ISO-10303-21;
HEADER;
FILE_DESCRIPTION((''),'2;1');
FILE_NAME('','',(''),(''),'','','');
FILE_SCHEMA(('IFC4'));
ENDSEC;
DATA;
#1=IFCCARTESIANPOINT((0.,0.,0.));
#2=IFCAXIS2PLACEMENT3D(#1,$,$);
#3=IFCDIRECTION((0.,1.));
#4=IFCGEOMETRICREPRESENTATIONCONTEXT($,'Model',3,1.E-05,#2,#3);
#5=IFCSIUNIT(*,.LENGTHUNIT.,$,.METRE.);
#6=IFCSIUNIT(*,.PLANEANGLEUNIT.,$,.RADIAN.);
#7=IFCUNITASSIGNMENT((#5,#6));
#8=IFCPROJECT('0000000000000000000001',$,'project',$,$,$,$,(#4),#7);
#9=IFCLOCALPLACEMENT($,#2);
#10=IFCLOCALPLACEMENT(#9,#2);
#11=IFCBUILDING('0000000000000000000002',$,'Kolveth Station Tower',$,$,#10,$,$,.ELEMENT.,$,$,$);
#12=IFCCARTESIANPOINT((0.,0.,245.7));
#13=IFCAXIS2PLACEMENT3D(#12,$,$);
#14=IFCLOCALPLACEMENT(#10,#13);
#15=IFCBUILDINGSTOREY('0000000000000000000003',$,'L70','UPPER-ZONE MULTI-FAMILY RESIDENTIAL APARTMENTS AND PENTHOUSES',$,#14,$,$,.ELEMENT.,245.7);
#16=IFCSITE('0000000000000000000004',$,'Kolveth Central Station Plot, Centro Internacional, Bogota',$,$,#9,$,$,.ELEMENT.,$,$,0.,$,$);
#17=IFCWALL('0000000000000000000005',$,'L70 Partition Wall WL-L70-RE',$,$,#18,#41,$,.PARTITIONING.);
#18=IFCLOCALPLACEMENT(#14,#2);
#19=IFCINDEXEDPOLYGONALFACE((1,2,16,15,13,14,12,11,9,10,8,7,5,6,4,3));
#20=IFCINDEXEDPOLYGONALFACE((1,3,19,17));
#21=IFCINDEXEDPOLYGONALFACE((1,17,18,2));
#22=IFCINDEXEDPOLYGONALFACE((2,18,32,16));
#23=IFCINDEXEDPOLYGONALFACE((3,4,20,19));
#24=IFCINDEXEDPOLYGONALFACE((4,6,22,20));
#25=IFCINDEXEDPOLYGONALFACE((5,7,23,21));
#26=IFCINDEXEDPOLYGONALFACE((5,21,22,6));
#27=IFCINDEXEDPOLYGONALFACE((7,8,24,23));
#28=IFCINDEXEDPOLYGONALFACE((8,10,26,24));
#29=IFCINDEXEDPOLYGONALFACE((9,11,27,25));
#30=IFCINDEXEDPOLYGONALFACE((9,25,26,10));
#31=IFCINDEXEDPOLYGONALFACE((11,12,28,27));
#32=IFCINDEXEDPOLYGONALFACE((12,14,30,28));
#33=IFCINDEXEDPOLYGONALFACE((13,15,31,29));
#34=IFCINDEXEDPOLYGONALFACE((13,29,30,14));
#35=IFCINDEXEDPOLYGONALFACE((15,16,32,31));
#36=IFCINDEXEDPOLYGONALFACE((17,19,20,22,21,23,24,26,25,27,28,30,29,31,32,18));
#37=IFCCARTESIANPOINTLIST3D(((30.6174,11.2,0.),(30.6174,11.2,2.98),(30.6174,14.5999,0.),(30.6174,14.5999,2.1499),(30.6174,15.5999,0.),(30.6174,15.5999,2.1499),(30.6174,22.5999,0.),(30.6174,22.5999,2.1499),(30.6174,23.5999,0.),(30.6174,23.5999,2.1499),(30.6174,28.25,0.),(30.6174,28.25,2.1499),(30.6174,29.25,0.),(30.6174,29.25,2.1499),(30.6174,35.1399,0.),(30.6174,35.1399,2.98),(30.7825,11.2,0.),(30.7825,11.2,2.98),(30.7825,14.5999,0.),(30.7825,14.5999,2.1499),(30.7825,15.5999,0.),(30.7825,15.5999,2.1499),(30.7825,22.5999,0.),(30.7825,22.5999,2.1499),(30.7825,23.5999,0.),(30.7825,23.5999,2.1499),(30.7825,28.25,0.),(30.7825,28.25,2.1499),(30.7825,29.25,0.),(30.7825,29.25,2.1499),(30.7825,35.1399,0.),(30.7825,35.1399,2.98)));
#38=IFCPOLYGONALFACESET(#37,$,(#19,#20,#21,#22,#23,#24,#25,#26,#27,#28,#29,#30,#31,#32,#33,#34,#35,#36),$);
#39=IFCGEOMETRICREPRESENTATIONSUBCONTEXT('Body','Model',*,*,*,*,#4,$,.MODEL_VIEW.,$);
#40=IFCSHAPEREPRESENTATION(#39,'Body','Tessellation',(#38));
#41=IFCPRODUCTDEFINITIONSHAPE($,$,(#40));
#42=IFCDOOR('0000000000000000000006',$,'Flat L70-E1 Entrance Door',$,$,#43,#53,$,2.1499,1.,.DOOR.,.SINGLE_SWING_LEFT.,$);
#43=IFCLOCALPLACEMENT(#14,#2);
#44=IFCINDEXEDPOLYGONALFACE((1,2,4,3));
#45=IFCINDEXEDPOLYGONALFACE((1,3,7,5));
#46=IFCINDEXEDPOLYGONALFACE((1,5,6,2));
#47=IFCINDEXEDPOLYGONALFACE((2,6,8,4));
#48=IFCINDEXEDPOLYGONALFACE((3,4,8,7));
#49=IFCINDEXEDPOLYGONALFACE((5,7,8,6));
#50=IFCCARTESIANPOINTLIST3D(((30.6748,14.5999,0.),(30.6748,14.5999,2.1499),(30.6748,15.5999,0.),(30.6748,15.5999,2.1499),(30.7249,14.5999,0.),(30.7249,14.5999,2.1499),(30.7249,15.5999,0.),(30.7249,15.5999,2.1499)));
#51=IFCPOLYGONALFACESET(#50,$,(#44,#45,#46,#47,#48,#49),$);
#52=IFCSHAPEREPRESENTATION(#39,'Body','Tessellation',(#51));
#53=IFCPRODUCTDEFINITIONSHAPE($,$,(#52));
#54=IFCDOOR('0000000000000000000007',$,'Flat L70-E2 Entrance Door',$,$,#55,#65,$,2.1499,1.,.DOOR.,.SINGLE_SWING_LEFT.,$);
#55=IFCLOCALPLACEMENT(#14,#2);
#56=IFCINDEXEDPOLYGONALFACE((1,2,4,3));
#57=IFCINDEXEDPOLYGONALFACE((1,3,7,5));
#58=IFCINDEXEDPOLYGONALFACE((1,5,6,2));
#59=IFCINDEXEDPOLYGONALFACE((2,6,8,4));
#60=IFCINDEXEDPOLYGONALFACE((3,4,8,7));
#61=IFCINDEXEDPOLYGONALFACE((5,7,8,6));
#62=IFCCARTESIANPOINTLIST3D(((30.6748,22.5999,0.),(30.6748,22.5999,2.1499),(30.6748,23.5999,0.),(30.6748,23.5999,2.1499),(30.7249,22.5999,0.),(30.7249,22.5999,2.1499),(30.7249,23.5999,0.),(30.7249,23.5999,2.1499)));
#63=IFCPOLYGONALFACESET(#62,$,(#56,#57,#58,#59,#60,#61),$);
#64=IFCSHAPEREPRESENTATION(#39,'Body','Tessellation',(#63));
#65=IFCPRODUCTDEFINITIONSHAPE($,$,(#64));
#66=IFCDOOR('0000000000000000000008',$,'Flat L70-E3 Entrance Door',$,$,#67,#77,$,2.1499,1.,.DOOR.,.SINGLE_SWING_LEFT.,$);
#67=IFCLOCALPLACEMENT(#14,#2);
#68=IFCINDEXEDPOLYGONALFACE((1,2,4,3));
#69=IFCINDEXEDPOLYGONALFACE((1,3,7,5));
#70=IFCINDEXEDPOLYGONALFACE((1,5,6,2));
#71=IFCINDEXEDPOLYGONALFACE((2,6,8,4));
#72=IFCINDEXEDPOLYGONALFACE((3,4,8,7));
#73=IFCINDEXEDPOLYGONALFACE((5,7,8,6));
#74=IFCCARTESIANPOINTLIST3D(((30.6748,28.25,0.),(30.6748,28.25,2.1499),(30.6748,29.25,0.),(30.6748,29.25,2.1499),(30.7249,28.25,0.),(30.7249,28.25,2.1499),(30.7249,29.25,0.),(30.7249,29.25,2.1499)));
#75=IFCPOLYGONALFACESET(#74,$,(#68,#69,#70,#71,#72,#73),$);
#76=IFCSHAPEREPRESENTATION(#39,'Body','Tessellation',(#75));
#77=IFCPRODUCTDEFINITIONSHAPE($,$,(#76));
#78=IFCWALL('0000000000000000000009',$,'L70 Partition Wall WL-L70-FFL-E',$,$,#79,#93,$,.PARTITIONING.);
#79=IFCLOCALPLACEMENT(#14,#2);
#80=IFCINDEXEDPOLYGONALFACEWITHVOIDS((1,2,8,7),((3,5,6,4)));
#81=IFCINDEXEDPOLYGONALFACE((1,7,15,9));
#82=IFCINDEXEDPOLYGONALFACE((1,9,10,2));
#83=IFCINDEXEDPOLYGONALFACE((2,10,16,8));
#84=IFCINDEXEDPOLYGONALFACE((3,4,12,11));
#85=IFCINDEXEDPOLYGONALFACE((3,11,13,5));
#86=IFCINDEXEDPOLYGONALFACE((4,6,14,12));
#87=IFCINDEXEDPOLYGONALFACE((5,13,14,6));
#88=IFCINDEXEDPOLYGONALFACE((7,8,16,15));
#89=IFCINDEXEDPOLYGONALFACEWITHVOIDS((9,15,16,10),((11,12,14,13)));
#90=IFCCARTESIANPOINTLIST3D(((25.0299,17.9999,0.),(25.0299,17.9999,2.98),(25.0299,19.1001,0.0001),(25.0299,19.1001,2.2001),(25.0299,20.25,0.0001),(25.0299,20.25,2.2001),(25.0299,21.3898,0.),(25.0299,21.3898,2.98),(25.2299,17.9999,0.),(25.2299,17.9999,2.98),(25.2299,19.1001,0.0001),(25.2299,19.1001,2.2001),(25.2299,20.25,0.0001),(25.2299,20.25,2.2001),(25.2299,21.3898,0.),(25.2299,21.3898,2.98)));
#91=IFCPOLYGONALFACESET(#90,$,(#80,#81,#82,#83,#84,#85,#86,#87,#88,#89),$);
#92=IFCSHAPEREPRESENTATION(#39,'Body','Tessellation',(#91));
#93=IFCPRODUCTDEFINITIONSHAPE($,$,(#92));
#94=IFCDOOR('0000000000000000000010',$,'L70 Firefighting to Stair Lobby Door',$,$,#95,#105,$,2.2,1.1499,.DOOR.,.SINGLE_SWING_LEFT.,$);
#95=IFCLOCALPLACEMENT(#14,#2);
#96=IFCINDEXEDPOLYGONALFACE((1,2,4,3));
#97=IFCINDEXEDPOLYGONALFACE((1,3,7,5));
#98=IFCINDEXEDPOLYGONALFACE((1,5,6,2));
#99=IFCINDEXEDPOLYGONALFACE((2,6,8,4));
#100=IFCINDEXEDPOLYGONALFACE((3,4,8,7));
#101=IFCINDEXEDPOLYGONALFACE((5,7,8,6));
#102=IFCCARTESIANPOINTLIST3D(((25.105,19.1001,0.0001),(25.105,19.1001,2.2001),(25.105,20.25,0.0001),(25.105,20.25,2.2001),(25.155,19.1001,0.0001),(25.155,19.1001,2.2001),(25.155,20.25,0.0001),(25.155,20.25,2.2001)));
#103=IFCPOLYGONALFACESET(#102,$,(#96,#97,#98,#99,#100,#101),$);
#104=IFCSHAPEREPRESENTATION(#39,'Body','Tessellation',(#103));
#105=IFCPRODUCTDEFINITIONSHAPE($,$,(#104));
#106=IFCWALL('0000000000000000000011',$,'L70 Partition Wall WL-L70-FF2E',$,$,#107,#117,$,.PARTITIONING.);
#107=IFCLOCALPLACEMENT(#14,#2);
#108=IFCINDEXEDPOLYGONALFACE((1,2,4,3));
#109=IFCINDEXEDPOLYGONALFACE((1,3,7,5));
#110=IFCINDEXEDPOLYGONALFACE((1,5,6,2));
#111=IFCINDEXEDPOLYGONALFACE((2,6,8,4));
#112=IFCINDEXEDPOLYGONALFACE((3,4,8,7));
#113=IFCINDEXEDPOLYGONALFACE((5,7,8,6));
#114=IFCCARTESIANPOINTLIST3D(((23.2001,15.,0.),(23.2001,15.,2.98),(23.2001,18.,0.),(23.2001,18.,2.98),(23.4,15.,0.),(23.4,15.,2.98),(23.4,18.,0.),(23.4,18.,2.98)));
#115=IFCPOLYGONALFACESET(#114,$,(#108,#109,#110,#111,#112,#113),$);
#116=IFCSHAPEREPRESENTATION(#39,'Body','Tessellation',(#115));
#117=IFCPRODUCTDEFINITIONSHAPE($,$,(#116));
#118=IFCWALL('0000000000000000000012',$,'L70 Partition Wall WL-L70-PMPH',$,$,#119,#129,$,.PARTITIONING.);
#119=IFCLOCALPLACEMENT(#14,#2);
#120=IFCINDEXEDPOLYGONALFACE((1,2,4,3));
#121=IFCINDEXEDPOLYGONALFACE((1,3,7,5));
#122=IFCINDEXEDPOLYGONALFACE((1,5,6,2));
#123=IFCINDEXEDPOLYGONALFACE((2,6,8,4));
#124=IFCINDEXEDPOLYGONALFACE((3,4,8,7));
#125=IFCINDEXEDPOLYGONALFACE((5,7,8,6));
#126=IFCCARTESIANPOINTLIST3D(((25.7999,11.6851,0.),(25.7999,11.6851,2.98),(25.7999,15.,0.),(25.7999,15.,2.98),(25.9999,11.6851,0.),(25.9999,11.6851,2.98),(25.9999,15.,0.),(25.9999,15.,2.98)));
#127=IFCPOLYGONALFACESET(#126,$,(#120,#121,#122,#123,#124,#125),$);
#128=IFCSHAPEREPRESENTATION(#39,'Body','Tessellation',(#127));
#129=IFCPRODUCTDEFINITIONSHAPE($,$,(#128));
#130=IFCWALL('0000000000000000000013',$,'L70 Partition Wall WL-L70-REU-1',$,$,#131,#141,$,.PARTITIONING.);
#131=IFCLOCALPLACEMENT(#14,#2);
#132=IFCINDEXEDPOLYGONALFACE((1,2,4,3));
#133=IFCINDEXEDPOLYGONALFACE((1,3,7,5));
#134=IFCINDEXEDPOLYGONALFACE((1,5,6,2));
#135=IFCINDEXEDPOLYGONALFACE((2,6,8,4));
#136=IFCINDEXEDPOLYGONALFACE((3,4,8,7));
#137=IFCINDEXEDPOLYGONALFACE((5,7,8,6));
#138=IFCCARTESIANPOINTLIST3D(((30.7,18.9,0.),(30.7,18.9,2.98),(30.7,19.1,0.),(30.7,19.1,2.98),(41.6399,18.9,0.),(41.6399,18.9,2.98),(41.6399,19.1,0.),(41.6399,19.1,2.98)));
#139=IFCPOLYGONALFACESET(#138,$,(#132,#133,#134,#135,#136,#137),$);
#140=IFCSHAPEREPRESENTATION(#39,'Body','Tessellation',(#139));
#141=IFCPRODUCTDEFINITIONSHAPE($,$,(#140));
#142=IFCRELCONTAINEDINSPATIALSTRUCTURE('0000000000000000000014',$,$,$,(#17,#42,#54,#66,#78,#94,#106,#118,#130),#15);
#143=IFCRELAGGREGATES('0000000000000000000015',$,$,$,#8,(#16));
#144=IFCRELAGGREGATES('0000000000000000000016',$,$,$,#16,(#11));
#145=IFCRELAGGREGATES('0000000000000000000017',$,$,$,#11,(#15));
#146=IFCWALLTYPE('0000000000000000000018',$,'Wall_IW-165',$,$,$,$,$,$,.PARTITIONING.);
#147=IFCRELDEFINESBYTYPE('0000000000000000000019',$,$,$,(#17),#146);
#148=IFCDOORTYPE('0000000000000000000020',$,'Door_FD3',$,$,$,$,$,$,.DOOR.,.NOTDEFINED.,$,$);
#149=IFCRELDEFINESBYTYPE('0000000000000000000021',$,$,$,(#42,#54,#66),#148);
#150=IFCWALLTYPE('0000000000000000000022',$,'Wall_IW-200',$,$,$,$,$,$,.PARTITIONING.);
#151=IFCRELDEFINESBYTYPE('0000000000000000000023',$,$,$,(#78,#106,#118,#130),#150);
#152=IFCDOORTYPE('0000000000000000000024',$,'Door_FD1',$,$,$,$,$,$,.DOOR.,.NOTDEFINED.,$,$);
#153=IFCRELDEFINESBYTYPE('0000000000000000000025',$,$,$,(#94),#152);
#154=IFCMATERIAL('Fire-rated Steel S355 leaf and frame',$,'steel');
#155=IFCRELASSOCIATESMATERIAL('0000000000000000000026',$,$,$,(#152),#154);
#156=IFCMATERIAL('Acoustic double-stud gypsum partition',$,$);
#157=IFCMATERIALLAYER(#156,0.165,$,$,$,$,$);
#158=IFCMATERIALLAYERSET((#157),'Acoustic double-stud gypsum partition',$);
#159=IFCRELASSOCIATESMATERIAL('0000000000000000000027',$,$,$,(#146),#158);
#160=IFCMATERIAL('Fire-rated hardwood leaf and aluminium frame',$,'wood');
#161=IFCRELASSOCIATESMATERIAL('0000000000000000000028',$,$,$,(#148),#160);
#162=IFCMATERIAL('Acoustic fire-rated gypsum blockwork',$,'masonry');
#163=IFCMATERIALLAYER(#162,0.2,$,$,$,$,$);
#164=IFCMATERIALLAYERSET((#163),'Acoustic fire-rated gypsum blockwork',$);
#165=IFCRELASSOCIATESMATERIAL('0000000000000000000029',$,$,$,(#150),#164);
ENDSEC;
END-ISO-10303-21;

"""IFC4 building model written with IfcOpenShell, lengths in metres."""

from ifc_helpers import new_model, si_unit, direction, frame, frame_2d, origin, place, context, subcontext, project, spatial, rectangle, extrude, material, layer, layer_set, type_object, element, fill, save


model = new_model("IFC4")

# Units and contexts
model_context = context("Model", 3, precision=1e-05, world=origin(), true_north=direction((0.0, 1.0)))
body_context = subcontext(model_context, "Body", "Model", "MODEL_VIEW")
ifc_project = project(units=[si_unit("LENGTHUNIT", "METRE"), si_unit("PLANEANGLEUNIT", "RADIAN")], contexts=[model_context])

# Site, building, storey
site_placement = place(None, origin())
site = spatial("IfcSite", under=ifc_project, at=site_placement, Name="Kolveth Central Station Plot, Centro Internacional, Bogota", CompositionType="ELEMENT", RefElevation=0.0)
building_placement = place(site_placement, origin())
building = spatial("IfcBuilding", under=site, at=building_placement, Name="Kolveth Station Tower", CompositionType="ELEMENT")
storey_placement = place(building_placement, frame((0.0, 0.0, 245.7)))
storey = spatial("IfcBuildingStorey", under=building, at=storey_placement, Name="L70", Description="UPPER-ZONE MULTI-FAMILY RESIDENTIAL APARTMENTS AND PENTHOUSES", CompositionType="ELEMENT", Elevation=245.7)

# Shared definitions
ifc_material_1 = material(Name="Fire-rated Steel S355 leaf and frame", Category="steel")
door_type_1 = type_object("IfcDoorType", Name="Door_FD1", OperationType="NOTDEFINED", PredefinedType="DOOR", material=ifc_material_1)

# Shared definitions
ifc_material_2 = material(Name="Acoustic double-stud gypsum partition")
ifc_layer_1 = layer(ifc_material_2, 0.165)
ifc_layer_set_1 = layer_set([ifc_layer_1], Name="Acoustic double-stud gypsum partition")
wall_type_1 = type_object("IfcWallType", Name="Wall_IW-165", PredefinedType="PARTITIONING", material=ifc_layer_set_1)

# Wall, openings, doors
wall_1_placement = place(storey_placement, frame((30.7, 11.2, 0.0), z_axis=(0.0, 0.0, 1.0), x_axis=(0.0, 1.0, 0.0)))
wall_1 = element("IfcWall", 1, at=wall_1_placement, inside=storey, type_object=wall_type_1, Name="L70 Partition Wall WL-L70-RE", PredefinedType="PARTITIONING", context=body_context, shape_type="SweptSolid", body=[
    extrude(rectangle(XDim=23.9399, YDim=0.165, at=frame_2d((11.97, 0.0))), origin(), (0.0, 0.0, 1.0), 2.98),
])
opening_1_placement = place(wall_1_placement, frame((3.3999, 0.0, 0.0)))
opening_1 = element("IfcOpeningElement", 2, at=opening_1_placement, cuts=wall_1, PredefinedType="OPENING", context=body_context, shape_type="SweptSolid", body=[
    extrude(rectangle(XDim=1.0, YDim=2.1499, at=frame_2d((0.5, 1.075))), frame((0.0, 0.0925, 0.0), z_axis=(0.0, -1.0, 0.0), x_axis=(1.0, 0.0, 0.0)), (0.0, 0.0, 1.0), 0.1851),
])
opening_2_placement = place(wall_1_placement, frame((11.3999, 0.0, 0.0)))
opening_2 = element("IfcOpeningElement", 3, at=opening_2_placement, cuts=wall_1, PredefinedType="OPENING", context=body_context, shape_type="SweptSolid", body=[
    extrude(rectangle(XDim=1.0, YDim=2.1499, at=frame_2d((0.5, 1.075))), frame((0.0, 0.0925, 0.0), z_axis=(0.0, -1.0, 0.0), x_axis=(1.0, 0.0, 0.0)), (0.0, 0.0, 1.0), 0.1851),
])
opening_3_placement = place(wall_1_placement, frame((17.05, 0.0, 0.0)))
opening_3 = element("IfcOpeningElement", 4, at=opening_3_placement, cuts=wall_1, PredefinedType="OPENING", context=body_context, shape_type="SweptSolid", body=[
    extrude(rectangle(XDim=1.0, YDim=2.1499, at=frame_2d((0.5, 1.075))), frame((0.0, 0.0925, 0.0), z_axis=(0.0, -1.0, 0.0), x_axis=(1.0, 0.0, 0.0)), (0.0, 0.0, 1.0), 0.1851),
])
ifc_material_3 = material(Name="Fire-rated hardwood leaf and aluminium frame", Category="wood")
door_type_2 = type_object("IfcDoorType", Name="Door_FD3", OperationType="NOTDEFINED", PredefinedType="DOOR", material=ifc_material_3)
door_1_placement = place(opening_1_placement, frame((1.0, 0.0, 0.0), z_axis=(0.0, 0.0, 1.0), x_axis=(-1.0, 0.0, 0.0)))
door_1 = element("IfcDoor", 5, at=door_1_placement, inside=storey, type_object=door_type_2, Name="Flat L70-E1 Entrance Door", OperationType="SINGLE_SWING_LEFT", OverallHeight=2.1499, OverallWidth=1.0, PredefinedType="DOOR", context=body_context, shape_type="SweptSolid", body=[
    extrude(rectangle(XDim=1.0, YDim=2.1499, at=frame_2d((0.5, 1.075))), frame((0.0, 0.0249, 0.0), z_axis=(0.0, -1.0, 0.0), x_axis=(1.0, 0.0, 0.0)), (0.0, 0.0, 1.0), 0.05),
])
fill(opening_1, door_1)
door_2_placement = place(opening_2_placement, frame((1.0, 0.0, 0.0), z_axis=(0.0, 0.0, 1.0), x_axis=(-1.0, 0.0, 0.0)))
door_2 = element("IfcDoor", 6, at=door_2_placement, inside=storey, type_object=door_type_2, Name="Flat L70-E2 Entrance Door", OperationType="SINGLE_SWING_LEFT", OverallHeight=2.1499, OverallWidth=1.0, PredefinedType="DOOR", context=body_context, shape_type="SweptSolid", body=[
    extrude(rectangle(XDim=1.0, YDim=2.1499, at=frame_2d((0.5, 1.075))), frame((0.0, 0.0249, 0.0), z_axis=(0.0, -1.0, 0.0), x_axis=(1.0, 0.0, 0.0)), (0.0, 0.0, 1.0), 0.05),
])
fill(opening_2, door_2)
door_3_placement = place(opening_3_placement, frame((1.0, 0.0, 0.0), z_axis=(0.0, 0.0, 1.0), x_axis=(-1.0, 0.0, 0.0)))
door_3 = element("IfcDoor", 7, at=door_3_placement, inside=storey, type_object=door_type_2, Name="Flat L70-E3 Entrance Door", OperationType="SINGLE_SWING_LEFT", OverallHeight=2.1499, OverallWidth=1.0, PredefinedType="DOOR", context=body_context, shape_type="SweptSolid", body=[
    extrude(rectangle(XDim=1.0, YDim=2.1499, at=frame_2d((0.5, 1.075))), frame((0.0, 0.0249, 0.0), z_axis=(0.0, -1.0, 0.0), x_axis=(1.0, 0.0, 0.0)), (0.0, 0.0, 1.0), 0.05),
])
fill(opening_3, door_3)

# Wall, opening, door
ifc_material_4 = material(Name="Acoustic fire-rated gypsum blockwork", Category="masonry")
ifc_layer_2 = layer(ifc_material_4, 0.2)
ifc_layer_set_2 = layer_set([ifc_layer_2], Name="Acoustic fire-rated gypsum blockwork")
wall_type_2 = type_object("IfcWallType", Name="Wall_IW-200", PredefinedType="PARTITIONING", material=ifc_layer_set_2)
wall_2_placement = place(storey_placement, frame((25.1299, 18.0, 0.0), z_axis=(0.0, 0.0, 1.0), x_axis=(0.0, 1.0, 0.0)))
wall_2 = element("IfcWall", 8, at=wall_2_placement, inside=storey, type_object=wall_type_2, Name="L70 Partition Wall WL-L70-FFL-E", PredefinedType="PARTITIONING", context=body_context, shape_type="SweptSolid", body=[
    extrude(rectangle(XDim=3.3899, YDim=0.2, at=frame_2d((1.6948, 0.0))), origin(), (0.0, 0.0, 1.0), 2.98),
])
opening_4_placement = place(wall_2_placement, frame((1.1001, 0.0, 0.0)))
opening_4 = element("IfcOpeningElement", 9, at=opening_4_placement, cuts=wall_2, PredefinedType="OPENING", context=body_context, shape_type="SweptSolid", body=[
    extrude(rectangle(XDim=1.1499, YDim=2.2, at=frame_2d((0.575, 1.1001))), frame((0.0, 0.1099, 0.0), z_axis=(0.0, -1.0, 0.0), x_axis=(1.0, 0.0, 0.0)), (0.0, 0.0, 1.0), 0.22),
])
door_4_placement = place(opening_4_placement, origin())
door_4 = element("IfcDoor", 10, at=door_4_placement, inside=storey, type_object=door_type_1, Name="L70 Firefighting to Stair Lobby Door", OperationType="SINGLE_SWING_LEFT", OverallHeight=2.2, OverallWidth=1.1499, PredefinedType="DOOR", context=body_context, shape_type="SweptSolid", body=[
    extrude(rectangle(XDim=1.1499, YDim=2.2, at=frame_2d((0.575, 1.1001))), frame((0.0, 0.0249, 0.0), z_axis=(0.0, -1.0, 0.0), x_axis=(1.0, 0.0, 0.0)), (0.0, 0.0, 1.0), 0.05),
])
fill(opening_4, door_4)

# Walls
wall_3_placement = place(storey_placement, frame((23.3, 15.0, 0.0), z_axis=(0.0, 0.0, 1.0), x_axis=(0.0, 1.0, 0.0)))
element("IfcWall", 11, at=wall_3_placement, inside=storey, type_object=wall_type_2, Name="L70 Partition Wall WL-L70-FF2E", PredefinedType="PARTITIONING", context=body_context, shape_type="SweptSolid", body=[
    extrude(rectangle(XDim=3.0, YDim=0.2, at=frame_2d((1.5, 0.0))), origin(), (0.0, 0.0, 1.0), 2.98),
])
wall_4_placement = place(storey_placement, frame((25.8999, 11.6851, 0.0), z_axis=(0.0, 0.0, 1.0), x_axis=(0.0, 1.0, 0.0)))
element("IfcWall", 12, at=wall_4_placement, inside=storey, type_object=wall_type_2, Name="L70 Partition Wall WL-L70-PMPH", PredefinedType="PARTITIONING", context=body_context, shape_type="SweptSolid", body=[
    extrude(rectangle(XDim=3.3149, YDim=0.2, at=frame_2d((1.6575, 0.0))), origin(), (0.0, 0.0, 1.0), 2.98),
])
wall_5_placement = place(storey_placement, frame((30.7, 19.0, 0.0), z_axis=(0.0, 0.0, 1.0), x_axis=(1.0, 0.0, 0.0)))
element("IfcWall", 13, at=wall_5_placement, inside=storey, type_object=wall_type_2, Name="L70 Partition Wall WL-L70-REU-1", PredefinedType="PARTITIONING", context=body_context, shape_type="SweptSolid", body=[
    extrude(rectangle(XDim=10.9399, YDim=0.2, at=frame_2d((5.47, 0.0))), origin(), (0.0, 0.0, 1.0), 2.98),
])

save(model, "model.ifc")
